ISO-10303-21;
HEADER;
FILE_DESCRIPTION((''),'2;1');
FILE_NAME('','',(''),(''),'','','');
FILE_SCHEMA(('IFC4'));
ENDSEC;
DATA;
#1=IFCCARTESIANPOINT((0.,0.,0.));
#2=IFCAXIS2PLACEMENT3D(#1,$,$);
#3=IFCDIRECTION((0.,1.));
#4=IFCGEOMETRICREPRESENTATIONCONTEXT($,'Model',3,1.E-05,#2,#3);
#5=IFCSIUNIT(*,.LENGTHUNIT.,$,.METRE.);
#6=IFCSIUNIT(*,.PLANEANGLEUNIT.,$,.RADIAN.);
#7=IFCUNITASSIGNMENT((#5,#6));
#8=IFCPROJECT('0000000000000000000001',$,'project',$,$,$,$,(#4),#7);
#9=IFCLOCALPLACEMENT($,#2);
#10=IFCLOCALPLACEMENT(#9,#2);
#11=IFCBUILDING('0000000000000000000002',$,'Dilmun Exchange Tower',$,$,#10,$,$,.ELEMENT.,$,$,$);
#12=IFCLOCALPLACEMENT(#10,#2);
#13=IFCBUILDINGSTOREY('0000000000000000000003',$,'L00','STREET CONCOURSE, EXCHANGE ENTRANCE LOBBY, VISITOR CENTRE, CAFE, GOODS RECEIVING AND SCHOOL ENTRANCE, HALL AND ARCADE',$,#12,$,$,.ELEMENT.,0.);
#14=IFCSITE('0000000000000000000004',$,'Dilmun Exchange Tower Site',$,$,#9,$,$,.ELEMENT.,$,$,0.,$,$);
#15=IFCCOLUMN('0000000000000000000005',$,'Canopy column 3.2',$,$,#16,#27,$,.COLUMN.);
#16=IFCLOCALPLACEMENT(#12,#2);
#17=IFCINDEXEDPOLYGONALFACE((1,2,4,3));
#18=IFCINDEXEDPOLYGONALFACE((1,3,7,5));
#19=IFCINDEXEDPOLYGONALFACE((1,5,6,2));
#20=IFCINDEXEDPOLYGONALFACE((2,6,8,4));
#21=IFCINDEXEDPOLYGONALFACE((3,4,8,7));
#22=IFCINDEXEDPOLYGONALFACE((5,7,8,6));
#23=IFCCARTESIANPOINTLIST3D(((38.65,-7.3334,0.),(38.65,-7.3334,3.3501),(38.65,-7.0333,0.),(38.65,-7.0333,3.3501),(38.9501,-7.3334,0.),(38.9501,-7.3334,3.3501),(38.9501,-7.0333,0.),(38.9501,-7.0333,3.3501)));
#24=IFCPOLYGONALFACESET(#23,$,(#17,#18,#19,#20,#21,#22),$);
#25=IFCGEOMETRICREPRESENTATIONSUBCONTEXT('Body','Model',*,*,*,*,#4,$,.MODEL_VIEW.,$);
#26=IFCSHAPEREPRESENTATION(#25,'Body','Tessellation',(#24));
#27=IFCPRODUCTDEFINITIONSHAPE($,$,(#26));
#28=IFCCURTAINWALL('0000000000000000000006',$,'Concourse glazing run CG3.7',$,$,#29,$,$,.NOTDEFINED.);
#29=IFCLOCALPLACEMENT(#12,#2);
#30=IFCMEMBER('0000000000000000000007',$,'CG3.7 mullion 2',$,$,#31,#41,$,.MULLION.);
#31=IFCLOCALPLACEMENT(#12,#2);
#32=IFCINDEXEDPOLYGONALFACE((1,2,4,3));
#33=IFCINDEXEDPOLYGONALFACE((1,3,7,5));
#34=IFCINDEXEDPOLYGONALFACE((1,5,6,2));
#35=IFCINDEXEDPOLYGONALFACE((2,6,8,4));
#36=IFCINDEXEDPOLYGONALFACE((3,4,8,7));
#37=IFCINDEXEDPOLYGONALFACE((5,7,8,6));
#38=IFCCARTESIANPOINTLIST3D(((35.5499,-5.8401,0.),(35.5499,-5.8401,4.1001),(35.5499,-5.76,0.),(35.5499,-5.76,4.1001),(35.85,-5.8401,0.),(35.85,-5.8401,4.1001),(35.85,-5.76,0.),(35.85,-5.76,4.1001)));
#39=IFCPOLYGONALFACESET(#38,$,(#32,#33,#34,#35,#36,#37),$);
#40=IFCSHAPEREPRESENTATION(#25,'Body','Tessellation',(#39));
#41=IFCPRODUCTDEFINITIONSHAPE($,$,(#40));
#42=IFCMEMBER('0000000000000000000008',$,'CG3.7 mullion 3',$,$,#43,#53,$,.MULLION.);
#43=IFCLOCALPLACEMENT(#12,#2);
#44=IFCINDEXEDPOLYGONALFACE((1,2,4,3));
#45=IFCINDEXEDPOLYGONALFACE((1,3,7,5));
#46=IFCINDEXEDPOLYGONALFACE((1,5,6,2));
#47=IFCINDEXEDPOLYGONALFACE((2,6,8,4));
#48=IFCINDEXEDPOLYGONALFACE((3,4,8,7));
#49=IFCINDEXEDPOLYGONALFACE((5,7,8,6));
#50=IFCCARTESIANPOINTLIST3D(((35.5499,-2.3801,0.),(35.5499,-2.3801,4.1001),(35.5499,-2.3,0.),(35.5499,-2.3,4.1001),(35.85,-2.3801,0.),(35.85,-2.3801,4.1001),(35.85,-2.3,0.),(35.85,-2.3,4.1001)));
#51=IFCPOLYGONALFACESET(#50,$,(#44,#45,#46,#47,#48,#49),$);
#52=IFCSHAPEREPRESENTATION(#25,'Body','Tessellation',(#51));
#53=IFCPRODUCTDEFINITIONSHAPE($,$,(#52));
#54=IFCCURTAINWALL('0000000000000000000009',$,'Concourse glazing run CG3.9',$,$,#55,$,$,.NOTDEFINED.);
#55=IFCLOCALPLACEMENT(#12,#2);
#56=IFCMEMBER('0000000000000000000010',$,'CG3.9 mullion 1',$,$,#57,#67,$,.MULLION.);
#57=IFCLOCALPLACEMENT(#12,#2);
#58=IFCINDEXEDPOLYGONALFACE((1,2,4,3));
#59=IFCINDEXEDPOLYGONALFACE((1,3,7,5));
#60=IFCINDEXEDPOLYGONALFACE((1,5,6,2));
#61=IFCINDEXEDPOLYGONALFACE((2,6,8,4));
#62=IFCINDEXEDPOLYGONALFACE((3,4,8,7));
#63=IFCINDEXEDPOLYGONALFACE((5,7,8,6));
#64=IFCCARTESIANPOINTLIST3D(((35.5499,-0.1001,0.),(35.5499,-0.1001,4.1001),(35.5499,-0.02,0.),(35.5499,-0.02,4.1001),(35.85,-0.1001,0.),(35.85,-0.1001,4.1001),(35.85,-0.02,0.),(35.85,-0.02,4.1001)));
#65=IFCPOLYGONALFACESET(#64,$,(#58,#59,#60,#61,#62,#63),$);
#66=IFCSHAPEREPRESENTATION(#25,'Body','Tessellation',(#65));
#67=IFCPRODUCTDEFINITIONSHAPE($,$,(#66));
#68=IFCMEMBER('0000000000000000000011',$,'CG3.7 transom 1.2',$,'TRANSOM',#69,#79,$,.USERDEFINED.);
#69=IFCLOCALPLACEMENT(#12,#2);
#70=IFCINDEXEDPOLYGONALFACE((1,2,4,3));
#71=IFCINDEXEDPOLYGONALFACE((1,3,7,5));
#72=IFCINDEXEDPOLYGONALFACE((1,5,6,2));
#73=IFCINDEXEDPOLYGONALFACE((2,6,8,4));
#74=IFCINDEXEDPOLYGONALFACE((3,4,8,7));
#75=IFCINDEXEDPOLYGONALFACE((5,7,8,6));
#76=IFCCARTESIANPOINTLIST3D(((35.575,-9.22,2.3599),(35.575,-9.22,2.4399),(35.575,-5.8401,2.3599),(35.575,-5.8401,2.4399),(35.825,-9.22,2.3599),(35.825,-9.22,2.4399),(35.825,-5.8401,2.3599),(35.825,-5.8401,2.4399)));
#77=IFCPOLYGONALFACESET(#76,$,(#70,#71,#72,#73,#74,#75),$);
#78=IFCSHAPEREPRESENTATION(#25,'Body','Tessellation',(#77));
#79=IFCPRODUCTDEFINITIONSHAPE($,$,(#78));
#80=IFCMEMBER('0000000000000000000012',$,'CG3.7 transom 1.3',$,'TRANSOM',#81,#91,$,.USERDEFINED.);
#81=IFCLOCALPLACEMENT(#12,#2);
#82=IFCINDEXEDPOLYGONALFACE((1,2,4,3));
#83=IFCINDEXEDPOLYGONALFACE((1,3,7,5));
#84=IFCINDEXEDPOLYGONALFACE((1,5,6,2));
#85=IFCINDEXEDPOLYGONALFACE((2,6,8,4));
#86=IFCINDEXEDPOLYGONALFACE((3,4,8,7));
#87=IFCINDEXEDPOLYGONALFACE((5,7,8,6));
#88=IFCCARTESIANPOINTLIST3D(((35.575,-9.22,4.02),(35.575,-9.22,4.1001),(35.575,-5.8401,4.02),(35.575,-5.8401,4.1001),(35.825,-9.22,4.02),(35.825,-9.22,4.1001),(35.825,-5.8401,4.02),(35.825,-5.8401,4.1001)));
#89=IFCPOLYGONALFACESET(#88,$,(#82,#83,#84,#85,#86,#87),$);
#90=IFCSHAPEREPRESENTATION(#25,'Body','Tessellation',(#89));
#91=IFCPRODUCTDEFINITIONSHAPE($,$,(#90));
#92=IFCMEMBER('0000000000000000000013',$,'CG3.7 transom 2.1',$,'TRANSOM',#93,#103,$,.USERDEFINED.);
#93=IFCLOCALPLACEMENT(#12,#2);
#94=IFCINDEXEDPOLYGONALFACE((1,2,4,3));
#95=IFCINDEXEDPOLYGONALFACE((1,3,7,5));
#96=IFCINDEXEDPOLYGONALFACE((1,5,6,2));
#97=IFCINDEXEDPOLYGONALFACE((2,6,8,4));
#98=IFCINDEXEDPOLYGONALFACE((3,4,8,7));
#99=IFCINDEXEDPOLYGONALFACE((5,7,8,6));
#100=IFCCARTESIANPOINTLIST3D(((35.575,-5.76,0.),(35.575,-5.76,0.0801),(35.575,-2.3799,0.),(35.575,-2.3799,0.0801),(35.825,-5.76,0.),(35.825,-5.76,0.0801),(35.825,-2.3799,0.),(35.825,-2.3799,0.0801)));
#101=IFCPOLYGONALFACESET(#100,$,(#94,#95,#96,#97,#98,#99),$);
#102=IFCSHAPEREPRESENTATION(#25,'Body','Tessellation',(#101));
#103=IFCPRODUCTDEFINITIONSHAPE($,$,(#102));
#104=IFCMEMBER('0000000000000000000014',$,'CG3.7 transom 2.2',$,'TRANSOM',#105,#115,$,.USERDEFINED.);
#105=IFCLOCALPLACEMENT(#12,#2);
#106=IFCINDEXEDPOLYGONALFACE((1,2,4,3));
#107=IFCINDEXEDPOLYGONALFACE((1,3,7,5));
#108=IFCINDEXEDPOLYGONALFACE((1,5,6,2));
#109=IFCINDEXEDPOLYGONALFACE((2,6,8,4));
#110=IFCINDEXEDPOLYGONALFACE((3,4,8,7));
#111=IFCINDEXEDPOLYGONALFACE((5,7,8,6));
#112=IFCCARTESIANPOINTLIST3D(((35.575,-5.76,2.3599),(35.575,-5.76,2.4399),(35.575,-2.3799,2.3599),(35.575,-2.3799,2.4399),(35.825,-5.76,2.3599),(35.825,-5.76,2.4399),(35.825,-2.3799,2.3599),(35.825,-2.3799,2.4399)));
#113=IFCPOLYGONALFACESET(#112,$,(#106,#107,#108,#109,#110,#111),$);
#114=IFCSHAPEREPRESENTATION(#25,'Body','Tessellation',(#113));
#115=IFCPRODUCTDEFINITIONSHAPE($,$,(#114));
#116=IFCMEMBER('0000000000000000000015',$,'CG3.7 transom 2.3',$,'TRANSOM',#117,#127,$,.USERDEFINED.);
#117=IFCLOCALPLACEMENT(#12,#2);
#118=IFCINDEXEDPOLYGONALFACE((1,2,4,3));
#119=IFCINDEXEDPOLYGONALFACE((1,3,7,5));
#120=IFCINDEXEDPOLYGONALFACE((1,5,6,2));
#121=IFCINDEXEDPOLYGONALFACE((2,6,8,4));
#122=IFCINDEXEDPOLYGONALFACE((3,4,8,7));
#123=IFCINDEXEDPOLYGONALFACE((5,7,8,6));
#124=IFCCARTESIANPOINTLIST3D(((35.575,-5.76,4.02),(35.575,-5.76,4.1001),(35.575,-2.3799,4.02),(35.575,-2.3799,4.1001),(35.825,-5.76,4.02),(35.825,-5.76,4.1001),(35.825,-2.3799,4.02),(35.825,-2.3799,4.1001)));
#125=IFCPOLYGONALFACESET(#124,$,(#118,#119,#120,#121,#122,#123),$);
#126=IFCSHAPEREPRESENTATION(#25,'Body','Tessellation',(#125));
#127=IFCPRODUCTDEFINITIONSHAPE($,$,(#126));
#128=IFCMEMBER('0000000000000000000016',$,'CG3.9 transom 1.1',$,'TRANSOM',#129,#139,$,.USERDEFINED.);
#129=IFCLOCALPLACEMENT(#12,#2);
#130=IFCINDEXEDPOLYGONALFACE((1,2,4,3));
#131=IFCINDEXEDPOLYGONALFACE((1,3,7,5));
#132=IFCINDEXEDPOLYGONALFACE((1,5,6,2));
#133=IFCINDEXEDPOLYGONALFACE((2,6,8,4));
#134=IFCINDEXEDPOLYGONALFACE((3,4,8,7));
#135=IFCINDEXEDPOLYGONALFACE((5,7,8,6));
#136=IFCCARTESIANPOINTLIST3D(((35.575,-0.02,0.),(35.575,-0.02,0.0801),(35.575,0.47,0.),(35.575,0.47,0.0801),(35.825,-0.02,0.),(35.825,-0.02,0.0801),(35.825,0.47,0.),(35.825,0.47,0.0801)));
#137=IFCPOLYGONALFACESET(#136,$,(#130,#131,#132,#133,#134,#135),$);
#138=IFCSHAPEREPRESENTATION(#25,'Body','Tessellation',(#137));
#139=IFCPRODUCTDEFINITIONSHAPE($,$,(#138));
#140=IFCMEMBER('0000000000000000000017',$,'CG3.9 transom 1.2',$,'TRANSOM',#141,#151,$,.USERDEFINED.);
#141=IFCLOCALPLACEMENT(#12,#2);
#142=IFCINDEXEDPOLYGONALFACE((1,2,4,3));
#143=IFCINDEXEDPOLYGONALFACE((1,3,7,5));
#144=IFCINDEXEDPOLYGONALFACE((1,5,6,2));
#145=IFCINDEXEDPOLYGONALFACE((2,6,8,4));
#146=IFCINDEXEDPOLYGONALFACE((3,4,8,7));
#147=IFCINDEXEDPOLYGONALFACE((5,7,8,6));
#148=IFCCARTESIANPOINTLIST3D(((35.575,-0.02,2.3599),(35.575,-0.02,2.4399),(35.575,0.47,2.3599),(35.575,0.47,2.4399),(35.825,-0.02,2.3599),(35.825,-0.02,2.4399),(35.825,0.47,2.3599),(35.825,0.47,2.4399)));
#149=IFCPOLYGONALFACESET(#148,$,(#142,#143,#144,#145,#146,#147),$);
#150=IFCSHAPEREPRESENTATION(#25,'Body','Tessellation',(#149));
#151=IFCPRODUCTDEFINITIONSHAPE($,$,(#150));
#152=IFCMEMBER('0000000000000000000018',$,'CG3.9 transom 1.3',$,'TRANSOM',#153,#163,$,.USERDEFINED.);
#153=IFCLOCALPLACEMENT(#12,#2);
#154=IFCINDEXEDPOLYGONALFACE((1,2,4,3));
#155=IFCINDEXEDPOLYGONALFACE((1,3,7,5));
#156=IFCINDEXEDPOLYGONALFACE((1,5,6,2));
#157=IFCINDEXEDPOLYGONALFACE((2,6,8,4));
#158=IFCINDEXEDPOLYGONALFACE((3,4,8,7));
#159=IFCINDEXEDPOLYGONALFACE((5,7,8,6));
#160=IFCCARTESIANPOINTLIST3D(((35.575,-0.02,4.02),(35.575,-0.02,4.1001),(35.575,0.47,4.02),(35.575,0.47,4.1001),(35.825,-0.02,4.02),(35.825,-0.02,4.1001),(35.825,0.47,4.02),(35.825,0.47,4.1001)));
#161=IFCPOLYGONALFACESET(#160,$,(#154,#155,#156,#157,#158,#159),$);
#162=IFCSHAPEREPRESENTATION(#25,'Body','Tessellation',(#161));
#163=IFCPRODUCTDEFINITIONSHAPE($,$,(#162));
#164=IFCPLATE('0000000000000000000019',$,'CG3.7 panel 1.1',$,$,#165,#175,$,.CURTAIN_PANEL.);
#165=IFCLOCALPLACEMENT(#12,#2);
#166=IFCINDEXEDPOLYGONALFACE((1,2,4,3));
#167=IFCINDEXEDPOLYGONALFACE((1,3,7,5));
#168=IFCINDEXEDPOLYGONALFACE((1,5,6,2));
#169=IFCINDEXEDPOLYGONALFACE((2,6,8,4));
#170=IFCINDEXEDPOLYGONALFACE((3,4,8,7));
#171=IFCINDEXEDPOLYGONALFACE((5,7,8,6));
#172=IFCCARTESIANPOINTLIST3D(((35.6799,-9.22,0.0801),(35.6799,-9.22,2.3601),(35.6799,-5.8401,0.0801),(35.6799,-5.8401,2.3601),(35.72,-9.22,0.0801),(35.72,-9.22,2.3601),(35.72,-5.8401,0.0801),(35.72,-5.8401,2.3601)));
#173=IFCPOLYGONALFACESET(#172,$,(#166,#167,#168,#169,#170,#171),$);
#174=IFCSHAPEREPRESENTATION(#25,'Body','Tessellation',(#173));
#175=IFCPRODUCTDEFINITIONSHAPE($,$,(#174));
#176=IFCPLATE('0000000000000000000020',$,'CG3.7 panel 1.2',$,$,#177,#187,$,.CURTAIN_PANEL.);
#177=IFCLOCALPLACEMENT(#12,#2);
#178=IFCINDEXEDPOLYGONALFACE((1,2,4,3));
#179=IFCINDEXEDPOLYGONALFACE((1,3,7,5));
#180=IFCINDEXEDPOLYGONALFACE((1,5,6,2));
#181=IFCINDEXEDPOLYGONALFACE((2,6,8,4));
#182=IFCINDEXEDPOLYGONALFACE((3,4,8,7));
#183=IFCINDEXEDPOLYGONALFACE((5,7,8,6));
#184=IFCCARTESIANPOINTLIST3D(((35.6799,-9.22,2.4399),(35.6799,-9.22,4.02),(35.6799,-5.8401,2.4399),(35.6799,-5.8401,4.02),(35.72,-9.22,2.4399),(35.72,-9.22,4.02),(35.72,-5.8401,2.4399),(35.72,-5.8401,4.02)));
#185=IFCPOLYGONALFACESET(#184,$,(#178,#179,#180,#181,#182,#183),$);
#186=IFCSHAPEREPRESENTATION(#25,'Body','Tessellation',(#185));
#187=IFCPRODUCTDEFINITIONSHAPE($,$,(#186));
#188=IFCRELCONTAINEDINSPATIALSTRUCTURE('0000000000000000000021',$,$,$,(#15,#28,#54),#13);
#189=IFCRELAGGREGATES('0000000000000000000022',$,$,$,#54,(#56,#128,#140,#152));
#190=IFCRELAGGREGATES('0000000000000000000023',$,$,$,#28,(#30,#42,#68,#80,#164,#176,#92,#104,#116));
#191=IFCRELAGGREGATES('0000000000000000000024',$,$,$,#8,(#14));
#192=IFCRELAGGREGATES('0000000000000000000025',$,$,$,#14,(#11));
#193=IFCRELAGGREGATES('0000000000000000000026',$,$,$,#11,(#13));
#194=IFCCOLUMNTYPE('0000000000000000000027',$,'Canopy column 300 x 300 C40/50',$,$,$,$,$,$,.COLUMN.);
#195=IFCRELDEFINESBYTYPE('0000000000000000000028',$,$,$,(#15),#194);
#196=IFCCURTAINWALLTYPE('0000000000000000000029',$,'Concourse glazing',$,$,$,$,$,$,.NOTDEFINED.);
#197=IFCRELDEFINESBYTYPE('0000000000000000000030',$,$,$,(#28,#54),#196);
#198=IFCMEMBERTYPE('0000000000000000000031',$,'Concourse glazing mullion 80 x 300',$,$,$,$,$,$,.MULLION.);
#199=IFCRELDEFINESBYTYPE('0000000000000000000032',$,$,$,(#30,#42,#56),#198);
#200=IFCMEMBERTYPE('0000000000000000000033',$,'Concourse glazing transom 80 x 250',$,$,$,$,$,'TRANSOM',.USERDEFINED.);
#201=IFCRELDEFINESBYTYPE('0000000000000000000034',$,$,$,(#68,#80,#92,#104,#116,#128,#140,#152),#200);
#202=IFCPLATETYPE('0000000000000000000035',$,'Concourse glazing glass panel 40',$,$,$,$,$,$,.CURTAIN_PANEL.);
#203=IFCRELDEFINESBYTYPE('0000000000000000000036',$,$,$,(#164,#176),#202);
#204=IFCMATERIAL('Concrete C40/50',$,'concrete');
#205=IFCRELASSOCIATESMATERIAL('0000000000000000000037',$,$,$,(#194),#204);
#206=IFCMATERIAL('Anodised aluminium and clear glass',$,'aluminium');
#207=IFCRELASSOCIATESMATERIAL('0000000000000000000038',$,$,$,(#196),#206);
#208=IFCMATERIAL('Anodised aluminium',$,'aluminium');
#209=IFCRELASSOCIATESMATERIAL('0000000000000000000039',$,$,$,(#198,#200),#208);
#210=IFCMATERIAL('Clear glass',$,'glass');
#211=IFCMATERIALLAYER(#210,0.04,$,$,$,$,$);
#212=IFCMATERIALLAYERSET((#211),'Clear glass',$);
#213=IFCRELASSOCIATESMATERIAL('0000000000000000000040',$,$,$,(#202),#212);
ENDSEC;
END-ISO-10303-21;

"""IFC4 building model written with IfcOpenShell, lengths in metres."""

from ifc_helpers import new_model, si_unit, direction, frame, origin, origin_2d, place, context, subcontext, project, spatial, rectangle, extrude, material, layer, layer_set, material_profile, profile_set, type_object, element, aggregate, save


model = new_model("IFC4")

# Units and contexts
model_context = context("Model", 3, precision=1e-05, world=origin(), true_north=direction((0.0, 1.0)))
body_context = subcontext(model_context, "Body", "Model", "MODEL_VIEW")
ifc_project = project(units=[si_unit("LENGTHUNIT", "METRE"), si_unit("PLANEANGLEUNIT", "RADIAN")], contexts=[model_context])

# Site, building, storey
site_placement = place(None, origin())
site = spatial("IfcSite", under=ifc_project, at=site_placement, Name="Dilmun Exchange Tower Site", CompositionType="ELEMENT", RefElevation=0.0)
building_placement = place(site_placement, origin())
building = spatial("IfcBuilding", under=site, at=building_placement, Name="Dilmun Exchange Tower", CompositionType="ELEMENT")
storey_placement = place(building_placement, origin())
storey = spatial("IfcBuildingStorey", under=building, at=storey_placement, Name="L00", Description="STREET CONCOURSE, EXCHANGE ENTRANCE LOBBY, VISITOR CENTRE, CAFE, GOODS RECEIVING AND SCHOOL ENTRANCE, HALL AND ARCADE", CompositionType="ELEMENT", Elevation=0.0)

# Column
ifc_material_1 = material(Name="Concrete C40/50", Category="concrete")
ifc_material_profile_1 = material_profile(ifc_material_1, rectangle(XDim=0.3, YDim=0.3, at=origin_2d()), Name="300 x 300")
ifc_profile_set_1 = profile_set([ifc_material_profile_1], Name="Concrete C40/50")
column_type = type_object("IfcColumnType", Name="Canopy column 300 x 300 C40/50", PredefinedType="COLUMN", material=ifc_profile_set_1)
column_placement = place(storey_placement, frame((38.8, -7.1833, 0.0), z_axis=(0.0, 0.0, 1.0), x_axis=(0.0, 1.0, 0.0)))
element("IfcColumn", 1, at=column_placement, inside=storey, type_object=column_type, Name="Canopy column 3.2", PredefinedType="COLUMN", context=body_context, shape_type="SweptSolid", body=[
    extrude(rectangle(XDim=0.3, YDim=0.3, at=origin_2d()), origin(), (0.0, 0.0, 1.0), 3.3501),
])

# Curtain wall, members
ifc_material_2 = material(Name="Anodised aluminium and clear glass", Category="aluminium")
curtain_wall_type = type_object("IfcCurtainWallType", Name="Concourse glazing", PredefinedType="NOTDEFINED", material=ifc_material_2)
curtain_wall_1_placement = place(storey_placement, origin())
curtain_wall_1 = element("IfcCurtainWall", 2, at=curtain_wall_1_placement, inside=storey, type_object=curtain_wall_type, Name="Concourse glazing run CG3.7", PredefinedType="NOTDEFINED")
ifc_material_3 = material(Name="Anodised aluminium", Category="aluminium")
ifc_material_profile_2 = material_profile(ifc_material_3, rectangle(XDim=0.3, YDim=0.0801, at=origin_2d()), Name="AL 80x300")
ifc_profile_set_2 = profile_set([ifc_material_profile_2], Name="Anodised aluminium")
member_type_1 = type_object("IfcMemberType", Name="Concourse glazing mullion 80 x 300", PredefinedType="MULLION", material=ifc_profile_set_2)
member_1_placement = place(storey_placement, frame((35.7, -5.8, 0.0), z_axis=(0.0, 0.0, 1.0), x_axis=(-1.0, 0.0, 0.0)))
member_1 = element("IfcMember", 3, at=member_1_placement, type_object=member_type_1, Name="CG3.7 mullion 2", PredefinedType="MULLION", context=body_context, shape_type="SweptSolid", body=[
    extrude(rectangle(XDim=0.3, YDim=0.0801, at=origin_2d()), origin(), (0.0, 0.0, 1.0), 4.1001),
])
member_2_placement = place(storey_placement, frame((35.7, -2.3401, 0.0), z_axis=(0.0, 0.0, 1.0), x_axis=(-1.0, 0.0, 0.0)))
member_2 = element("IfcMember", 4, at=member_2_placement, type_object=member_type_1, Name="CG3.7 mullion 3", PredefinedType="MULLION", context=body_context, shape_type="SweptSolid", body=[
    extrude(rectangle(XDim=0.3, YDim=0.0801, at=origin_2d()), origin(), (0.0, 0.0, 1.0), 4.1001),
])

# Curtain wall, member
curtain_wall_2_placement = place(storey_placement, origin())
curtain_wall_2 = element("IfcCurtainWall", 5, at=curtain_wall_2_placement, inside=storey, type_object=curtain_wall_type, Name="Concourse glazing run CG3.9", PredefinedType="NOTDEFINED")
member_3_placement = place(storey_placement, frame((35.7, -0.0601, 0.0), z_axis=(0.0, 0.0, 1.0), x_axis=(-1.0, 0.0, 0.0)))
member_3 = element("IfcMember", 6, at=member_3_placement, type_object=member_type_1, Name="CG3.9 mullion 1", PredefinedType="MULLION", context=body_context, shape_type="SweptSolid", body=[
    extrude(rectangle(XDim=0.3, YDim=0.0801, at=origin_2d()), origin(), (0.0, 0.0, 1.0), 4.1001),
])

# Members
ifc_material_profile_3 = material_profile(ifc_material_3, rectangle(XDim=0.25, YDim=0.0801, at=origin_2d()), Name="AL 80x250")
ifc_profile_set_3 = profile_set([ifc_material_profile_3], Name="Anodised aluminium")
member_type_2 = type_object("IfcMemberType", Name="Concourse glazing transom 80 x 250", ElementType="TRANSOM", PredefinedType="USERDEFINED", material=ifc_profile_set_3)
member_4_placement = place(storey_placement, frame((35.7, -9.22, 2.3999), z_axis=(0.0, 1.0, 0.0), x_axis=(-1.0, 0.0, 0.0)))
member_4 = element("IfcMember", 7, at=member_4_placement, type_object=member_type_2, Name="CG3.7 transom 1.2", ObjectType="TRANSOM", PredefinedType="USERDEFINED", context=body_context, shape_type="SweptSolid", body=[
    extrude(rectangle(XDim=0.25, YDim=0.0801, at=origin_2d()), origin(), (0.0, 0.0, 1.0), 3.3799),
])
member_5_placement = place(storey_placement, frame((35.7, -9.22, 4.0601), z_axis=(0.0, 1.0, 0.0), x_axis=(-1.0, 0.0, 0.0)))
member_5 = element("IfcMember", 8, at=member_5_placement, type_object=member_type_2, Name="CG3.7 transom 1.3", ObjectType="TRANSOM", PredefinedType="USERDEFINED", context=body_context, shape_type="SweptSolid", body=[
    extrude(rectangle(XDim=0.25, YDim=0.0801, at=origin_2d()), origin(), (0.0, 0.0, 1.0), 3.3799),
])
member_6_placement = place(storey_placement, frame((35.7, -5.76, 0.04), z_axis=(0.0, 1.0, 0.0), x_axis=(-1.0, 0.0, 0.0)))
member_6 = element("IfcMember", 9, at=member_6_placement, type_object=member_type_2, Name="CG3.7 transom 2.1", ObjectType="TRANSOM", PredefinedType="USERDEFINED", context=body_context, shape_type="SweptSolid", body=[
    extrude(rectangle(XDim=0.25, YDim=0.0801, at=origin_2d()), origin(), (0.0, 0.0, 1.0), 3.3801),
])
member_7_placement = place(storey_placement, frame((35.7, -5.76, 2.3999), z_axis=(0.0, 1.0, 0.0), x_axis=(-1.0, 0.0, 0.0)))
member_7 = element("IfcMember", 10, at=member_7_placement, type_object=member_type_2, Name="CG3.7 transom 2.2", ObjectType="TRANSOM", PredefinedType="USERDEFINED", context=body_context, shape_type="SweptSolid", body=[
    extrude(rectangle(XDim=0.25, YDim=0.0801, at=origin_2d()), origin(), (0.0, 0.0, 1.0), 3.3801),
])
member_8_placement = place(storey_placement, frame((35.7, -5.76, 4.0601), z_axis=(0.0, 1.0, 0.0), x_axis=(-1.0, 0.0, 0.0)))
member_8 = element("IfcMember", 11, at=member_8_placement, type_object=member_type_2, Name="CG3.7 transom 2.3", ObjectType="TRANSOM", PredefinedType="USERDEFINED", context=body_context, shape_type="SweptSolid", body=[
    extrude(rectangle(XDim=0.25, YDim=0.0801, at=origin_2d()), origin(), (0.0, 0.0, 1.0), 3.3801),
])
member_9_placement = place(storey_placement, frame((35.7, -0.02, 0.04), z_axis=(0.0, 1.0, 0.0), x_axis=(-1.0, 0.0, 0.0)))
member_9 = element("IfcMember", 12, at=member_9_placement, type_object=member_type_2, Name="CG3.9 transom 1.1", ObjectType="TRANSOM", PredefinedType="USERDEFINED", context=body_context, shape_type="SweptSolid", body=[
    extrude(rectangle(XDim=0.25, YDim=0.0801, at=origin_2d()), origin(), (0.0, 0.0, 1.0), 0.49),
])
member_10_placement = place(storey_placement, frame((35.7, -0.02, 2.3999), z_axis=(0.0, 1.0, 0.0), x_axis=(-1.0, 0.0, 0.0)))
member_10 = element("IfcMember", 13, at=member_10_placement, type_object=member_type_2, Name="CG3.9 transom 1.2", ObjectType="TRANSOM", PredefinedType="USERDEFINED", context=body_context, shape_type="SweptSolid", body=[
    extrude(rectangle(XDim=0.25, YDim=0.0801, at=origin_2d()), origin(), (0.0, 0.0, 1.0), 0.49),
])
member_11_placement = place(storey_placement, frame((35.7, -0.02, 4.0601), z_axis=(0.0, 1.0, 0.0), x_axis=(-1.0, 0.0, 0.0)))
member_11 = element("IfcMember", 14, at=member_11_placement, type_object=member_type_2, Name="CG3.9 transom 1.3", ObjectType="TRANSOM", PredefinedType="USERDEFINED", context=body_context, shape_type="SweptSolid", body=[
    extrude(rectangle(XDim=0.25, YDim=0.0801, at=origin_2d()), origin(), (0.0, 0.0, 1.0), 0.49),
])
aggregate(curtain_wall_2, [member_3, member_9, member_10, member_11])

# Plates
ifc_material_4 = material(Name="Clear glass", Category="glass")
ifc_layer_1 = layer(ifc_material_4, 0.04)
ifc_layer_set_1 = layer_set([ifc_layer_1], Name="Clear glass")
plate_type = type_object("IfcPlateType", Name="Concourse glazing glass panel 40", PredefinedType="CURTAIN_PANEL", material=ifc_layer_set_1)
plate_1_placement = place(storey_placement, frame((35.7, -7.53, 0.0801), z_axis=(0.0, 0.0, 1.0), x_axis=(0.0, 1.0, 0.0)))
plate_1 = element("IfcPlate", 15, at=plate_1_placement, type_object=plate_type, Name="CG3.7 panel 1.1", PredefinedType="CURTAIN_PANEL", context=body_context, shape_type="SweptSolid", body=[
    extrude(rectangle(XDim=3.3799, YDim=0.04, at=origin_2d()), origin(), (0.0, 0.0, 1.0), 2.28),
])
plate_2_placement = place(storey_placement, frame((35.7, -7.53, 2.4399), z_axis=(0.0, 0.0, 1.0), x_axis=(0.0, 1.0, 0.0)))
plate_2 = element("IfcPlate", 16, at=plate_2_placement, type_object=plate_type, Name="CG3.7 panel 1.2", PredefinedType="CURTAIN_PANEL", context=body_context, shape_type="SweptSolid", body=[
    extrude(rectangle(XDim=3.3799, YDim=0.04, at=origin_2d()), origin(), (0.0, 0.0, 1.0), 1.5801),
])
aggregate(curtain_wall_1, [member_1, member_2, member_4, member_5, plate_1, plate_2, member_6, member_7, member_8])

save(model, "model.ifc")
